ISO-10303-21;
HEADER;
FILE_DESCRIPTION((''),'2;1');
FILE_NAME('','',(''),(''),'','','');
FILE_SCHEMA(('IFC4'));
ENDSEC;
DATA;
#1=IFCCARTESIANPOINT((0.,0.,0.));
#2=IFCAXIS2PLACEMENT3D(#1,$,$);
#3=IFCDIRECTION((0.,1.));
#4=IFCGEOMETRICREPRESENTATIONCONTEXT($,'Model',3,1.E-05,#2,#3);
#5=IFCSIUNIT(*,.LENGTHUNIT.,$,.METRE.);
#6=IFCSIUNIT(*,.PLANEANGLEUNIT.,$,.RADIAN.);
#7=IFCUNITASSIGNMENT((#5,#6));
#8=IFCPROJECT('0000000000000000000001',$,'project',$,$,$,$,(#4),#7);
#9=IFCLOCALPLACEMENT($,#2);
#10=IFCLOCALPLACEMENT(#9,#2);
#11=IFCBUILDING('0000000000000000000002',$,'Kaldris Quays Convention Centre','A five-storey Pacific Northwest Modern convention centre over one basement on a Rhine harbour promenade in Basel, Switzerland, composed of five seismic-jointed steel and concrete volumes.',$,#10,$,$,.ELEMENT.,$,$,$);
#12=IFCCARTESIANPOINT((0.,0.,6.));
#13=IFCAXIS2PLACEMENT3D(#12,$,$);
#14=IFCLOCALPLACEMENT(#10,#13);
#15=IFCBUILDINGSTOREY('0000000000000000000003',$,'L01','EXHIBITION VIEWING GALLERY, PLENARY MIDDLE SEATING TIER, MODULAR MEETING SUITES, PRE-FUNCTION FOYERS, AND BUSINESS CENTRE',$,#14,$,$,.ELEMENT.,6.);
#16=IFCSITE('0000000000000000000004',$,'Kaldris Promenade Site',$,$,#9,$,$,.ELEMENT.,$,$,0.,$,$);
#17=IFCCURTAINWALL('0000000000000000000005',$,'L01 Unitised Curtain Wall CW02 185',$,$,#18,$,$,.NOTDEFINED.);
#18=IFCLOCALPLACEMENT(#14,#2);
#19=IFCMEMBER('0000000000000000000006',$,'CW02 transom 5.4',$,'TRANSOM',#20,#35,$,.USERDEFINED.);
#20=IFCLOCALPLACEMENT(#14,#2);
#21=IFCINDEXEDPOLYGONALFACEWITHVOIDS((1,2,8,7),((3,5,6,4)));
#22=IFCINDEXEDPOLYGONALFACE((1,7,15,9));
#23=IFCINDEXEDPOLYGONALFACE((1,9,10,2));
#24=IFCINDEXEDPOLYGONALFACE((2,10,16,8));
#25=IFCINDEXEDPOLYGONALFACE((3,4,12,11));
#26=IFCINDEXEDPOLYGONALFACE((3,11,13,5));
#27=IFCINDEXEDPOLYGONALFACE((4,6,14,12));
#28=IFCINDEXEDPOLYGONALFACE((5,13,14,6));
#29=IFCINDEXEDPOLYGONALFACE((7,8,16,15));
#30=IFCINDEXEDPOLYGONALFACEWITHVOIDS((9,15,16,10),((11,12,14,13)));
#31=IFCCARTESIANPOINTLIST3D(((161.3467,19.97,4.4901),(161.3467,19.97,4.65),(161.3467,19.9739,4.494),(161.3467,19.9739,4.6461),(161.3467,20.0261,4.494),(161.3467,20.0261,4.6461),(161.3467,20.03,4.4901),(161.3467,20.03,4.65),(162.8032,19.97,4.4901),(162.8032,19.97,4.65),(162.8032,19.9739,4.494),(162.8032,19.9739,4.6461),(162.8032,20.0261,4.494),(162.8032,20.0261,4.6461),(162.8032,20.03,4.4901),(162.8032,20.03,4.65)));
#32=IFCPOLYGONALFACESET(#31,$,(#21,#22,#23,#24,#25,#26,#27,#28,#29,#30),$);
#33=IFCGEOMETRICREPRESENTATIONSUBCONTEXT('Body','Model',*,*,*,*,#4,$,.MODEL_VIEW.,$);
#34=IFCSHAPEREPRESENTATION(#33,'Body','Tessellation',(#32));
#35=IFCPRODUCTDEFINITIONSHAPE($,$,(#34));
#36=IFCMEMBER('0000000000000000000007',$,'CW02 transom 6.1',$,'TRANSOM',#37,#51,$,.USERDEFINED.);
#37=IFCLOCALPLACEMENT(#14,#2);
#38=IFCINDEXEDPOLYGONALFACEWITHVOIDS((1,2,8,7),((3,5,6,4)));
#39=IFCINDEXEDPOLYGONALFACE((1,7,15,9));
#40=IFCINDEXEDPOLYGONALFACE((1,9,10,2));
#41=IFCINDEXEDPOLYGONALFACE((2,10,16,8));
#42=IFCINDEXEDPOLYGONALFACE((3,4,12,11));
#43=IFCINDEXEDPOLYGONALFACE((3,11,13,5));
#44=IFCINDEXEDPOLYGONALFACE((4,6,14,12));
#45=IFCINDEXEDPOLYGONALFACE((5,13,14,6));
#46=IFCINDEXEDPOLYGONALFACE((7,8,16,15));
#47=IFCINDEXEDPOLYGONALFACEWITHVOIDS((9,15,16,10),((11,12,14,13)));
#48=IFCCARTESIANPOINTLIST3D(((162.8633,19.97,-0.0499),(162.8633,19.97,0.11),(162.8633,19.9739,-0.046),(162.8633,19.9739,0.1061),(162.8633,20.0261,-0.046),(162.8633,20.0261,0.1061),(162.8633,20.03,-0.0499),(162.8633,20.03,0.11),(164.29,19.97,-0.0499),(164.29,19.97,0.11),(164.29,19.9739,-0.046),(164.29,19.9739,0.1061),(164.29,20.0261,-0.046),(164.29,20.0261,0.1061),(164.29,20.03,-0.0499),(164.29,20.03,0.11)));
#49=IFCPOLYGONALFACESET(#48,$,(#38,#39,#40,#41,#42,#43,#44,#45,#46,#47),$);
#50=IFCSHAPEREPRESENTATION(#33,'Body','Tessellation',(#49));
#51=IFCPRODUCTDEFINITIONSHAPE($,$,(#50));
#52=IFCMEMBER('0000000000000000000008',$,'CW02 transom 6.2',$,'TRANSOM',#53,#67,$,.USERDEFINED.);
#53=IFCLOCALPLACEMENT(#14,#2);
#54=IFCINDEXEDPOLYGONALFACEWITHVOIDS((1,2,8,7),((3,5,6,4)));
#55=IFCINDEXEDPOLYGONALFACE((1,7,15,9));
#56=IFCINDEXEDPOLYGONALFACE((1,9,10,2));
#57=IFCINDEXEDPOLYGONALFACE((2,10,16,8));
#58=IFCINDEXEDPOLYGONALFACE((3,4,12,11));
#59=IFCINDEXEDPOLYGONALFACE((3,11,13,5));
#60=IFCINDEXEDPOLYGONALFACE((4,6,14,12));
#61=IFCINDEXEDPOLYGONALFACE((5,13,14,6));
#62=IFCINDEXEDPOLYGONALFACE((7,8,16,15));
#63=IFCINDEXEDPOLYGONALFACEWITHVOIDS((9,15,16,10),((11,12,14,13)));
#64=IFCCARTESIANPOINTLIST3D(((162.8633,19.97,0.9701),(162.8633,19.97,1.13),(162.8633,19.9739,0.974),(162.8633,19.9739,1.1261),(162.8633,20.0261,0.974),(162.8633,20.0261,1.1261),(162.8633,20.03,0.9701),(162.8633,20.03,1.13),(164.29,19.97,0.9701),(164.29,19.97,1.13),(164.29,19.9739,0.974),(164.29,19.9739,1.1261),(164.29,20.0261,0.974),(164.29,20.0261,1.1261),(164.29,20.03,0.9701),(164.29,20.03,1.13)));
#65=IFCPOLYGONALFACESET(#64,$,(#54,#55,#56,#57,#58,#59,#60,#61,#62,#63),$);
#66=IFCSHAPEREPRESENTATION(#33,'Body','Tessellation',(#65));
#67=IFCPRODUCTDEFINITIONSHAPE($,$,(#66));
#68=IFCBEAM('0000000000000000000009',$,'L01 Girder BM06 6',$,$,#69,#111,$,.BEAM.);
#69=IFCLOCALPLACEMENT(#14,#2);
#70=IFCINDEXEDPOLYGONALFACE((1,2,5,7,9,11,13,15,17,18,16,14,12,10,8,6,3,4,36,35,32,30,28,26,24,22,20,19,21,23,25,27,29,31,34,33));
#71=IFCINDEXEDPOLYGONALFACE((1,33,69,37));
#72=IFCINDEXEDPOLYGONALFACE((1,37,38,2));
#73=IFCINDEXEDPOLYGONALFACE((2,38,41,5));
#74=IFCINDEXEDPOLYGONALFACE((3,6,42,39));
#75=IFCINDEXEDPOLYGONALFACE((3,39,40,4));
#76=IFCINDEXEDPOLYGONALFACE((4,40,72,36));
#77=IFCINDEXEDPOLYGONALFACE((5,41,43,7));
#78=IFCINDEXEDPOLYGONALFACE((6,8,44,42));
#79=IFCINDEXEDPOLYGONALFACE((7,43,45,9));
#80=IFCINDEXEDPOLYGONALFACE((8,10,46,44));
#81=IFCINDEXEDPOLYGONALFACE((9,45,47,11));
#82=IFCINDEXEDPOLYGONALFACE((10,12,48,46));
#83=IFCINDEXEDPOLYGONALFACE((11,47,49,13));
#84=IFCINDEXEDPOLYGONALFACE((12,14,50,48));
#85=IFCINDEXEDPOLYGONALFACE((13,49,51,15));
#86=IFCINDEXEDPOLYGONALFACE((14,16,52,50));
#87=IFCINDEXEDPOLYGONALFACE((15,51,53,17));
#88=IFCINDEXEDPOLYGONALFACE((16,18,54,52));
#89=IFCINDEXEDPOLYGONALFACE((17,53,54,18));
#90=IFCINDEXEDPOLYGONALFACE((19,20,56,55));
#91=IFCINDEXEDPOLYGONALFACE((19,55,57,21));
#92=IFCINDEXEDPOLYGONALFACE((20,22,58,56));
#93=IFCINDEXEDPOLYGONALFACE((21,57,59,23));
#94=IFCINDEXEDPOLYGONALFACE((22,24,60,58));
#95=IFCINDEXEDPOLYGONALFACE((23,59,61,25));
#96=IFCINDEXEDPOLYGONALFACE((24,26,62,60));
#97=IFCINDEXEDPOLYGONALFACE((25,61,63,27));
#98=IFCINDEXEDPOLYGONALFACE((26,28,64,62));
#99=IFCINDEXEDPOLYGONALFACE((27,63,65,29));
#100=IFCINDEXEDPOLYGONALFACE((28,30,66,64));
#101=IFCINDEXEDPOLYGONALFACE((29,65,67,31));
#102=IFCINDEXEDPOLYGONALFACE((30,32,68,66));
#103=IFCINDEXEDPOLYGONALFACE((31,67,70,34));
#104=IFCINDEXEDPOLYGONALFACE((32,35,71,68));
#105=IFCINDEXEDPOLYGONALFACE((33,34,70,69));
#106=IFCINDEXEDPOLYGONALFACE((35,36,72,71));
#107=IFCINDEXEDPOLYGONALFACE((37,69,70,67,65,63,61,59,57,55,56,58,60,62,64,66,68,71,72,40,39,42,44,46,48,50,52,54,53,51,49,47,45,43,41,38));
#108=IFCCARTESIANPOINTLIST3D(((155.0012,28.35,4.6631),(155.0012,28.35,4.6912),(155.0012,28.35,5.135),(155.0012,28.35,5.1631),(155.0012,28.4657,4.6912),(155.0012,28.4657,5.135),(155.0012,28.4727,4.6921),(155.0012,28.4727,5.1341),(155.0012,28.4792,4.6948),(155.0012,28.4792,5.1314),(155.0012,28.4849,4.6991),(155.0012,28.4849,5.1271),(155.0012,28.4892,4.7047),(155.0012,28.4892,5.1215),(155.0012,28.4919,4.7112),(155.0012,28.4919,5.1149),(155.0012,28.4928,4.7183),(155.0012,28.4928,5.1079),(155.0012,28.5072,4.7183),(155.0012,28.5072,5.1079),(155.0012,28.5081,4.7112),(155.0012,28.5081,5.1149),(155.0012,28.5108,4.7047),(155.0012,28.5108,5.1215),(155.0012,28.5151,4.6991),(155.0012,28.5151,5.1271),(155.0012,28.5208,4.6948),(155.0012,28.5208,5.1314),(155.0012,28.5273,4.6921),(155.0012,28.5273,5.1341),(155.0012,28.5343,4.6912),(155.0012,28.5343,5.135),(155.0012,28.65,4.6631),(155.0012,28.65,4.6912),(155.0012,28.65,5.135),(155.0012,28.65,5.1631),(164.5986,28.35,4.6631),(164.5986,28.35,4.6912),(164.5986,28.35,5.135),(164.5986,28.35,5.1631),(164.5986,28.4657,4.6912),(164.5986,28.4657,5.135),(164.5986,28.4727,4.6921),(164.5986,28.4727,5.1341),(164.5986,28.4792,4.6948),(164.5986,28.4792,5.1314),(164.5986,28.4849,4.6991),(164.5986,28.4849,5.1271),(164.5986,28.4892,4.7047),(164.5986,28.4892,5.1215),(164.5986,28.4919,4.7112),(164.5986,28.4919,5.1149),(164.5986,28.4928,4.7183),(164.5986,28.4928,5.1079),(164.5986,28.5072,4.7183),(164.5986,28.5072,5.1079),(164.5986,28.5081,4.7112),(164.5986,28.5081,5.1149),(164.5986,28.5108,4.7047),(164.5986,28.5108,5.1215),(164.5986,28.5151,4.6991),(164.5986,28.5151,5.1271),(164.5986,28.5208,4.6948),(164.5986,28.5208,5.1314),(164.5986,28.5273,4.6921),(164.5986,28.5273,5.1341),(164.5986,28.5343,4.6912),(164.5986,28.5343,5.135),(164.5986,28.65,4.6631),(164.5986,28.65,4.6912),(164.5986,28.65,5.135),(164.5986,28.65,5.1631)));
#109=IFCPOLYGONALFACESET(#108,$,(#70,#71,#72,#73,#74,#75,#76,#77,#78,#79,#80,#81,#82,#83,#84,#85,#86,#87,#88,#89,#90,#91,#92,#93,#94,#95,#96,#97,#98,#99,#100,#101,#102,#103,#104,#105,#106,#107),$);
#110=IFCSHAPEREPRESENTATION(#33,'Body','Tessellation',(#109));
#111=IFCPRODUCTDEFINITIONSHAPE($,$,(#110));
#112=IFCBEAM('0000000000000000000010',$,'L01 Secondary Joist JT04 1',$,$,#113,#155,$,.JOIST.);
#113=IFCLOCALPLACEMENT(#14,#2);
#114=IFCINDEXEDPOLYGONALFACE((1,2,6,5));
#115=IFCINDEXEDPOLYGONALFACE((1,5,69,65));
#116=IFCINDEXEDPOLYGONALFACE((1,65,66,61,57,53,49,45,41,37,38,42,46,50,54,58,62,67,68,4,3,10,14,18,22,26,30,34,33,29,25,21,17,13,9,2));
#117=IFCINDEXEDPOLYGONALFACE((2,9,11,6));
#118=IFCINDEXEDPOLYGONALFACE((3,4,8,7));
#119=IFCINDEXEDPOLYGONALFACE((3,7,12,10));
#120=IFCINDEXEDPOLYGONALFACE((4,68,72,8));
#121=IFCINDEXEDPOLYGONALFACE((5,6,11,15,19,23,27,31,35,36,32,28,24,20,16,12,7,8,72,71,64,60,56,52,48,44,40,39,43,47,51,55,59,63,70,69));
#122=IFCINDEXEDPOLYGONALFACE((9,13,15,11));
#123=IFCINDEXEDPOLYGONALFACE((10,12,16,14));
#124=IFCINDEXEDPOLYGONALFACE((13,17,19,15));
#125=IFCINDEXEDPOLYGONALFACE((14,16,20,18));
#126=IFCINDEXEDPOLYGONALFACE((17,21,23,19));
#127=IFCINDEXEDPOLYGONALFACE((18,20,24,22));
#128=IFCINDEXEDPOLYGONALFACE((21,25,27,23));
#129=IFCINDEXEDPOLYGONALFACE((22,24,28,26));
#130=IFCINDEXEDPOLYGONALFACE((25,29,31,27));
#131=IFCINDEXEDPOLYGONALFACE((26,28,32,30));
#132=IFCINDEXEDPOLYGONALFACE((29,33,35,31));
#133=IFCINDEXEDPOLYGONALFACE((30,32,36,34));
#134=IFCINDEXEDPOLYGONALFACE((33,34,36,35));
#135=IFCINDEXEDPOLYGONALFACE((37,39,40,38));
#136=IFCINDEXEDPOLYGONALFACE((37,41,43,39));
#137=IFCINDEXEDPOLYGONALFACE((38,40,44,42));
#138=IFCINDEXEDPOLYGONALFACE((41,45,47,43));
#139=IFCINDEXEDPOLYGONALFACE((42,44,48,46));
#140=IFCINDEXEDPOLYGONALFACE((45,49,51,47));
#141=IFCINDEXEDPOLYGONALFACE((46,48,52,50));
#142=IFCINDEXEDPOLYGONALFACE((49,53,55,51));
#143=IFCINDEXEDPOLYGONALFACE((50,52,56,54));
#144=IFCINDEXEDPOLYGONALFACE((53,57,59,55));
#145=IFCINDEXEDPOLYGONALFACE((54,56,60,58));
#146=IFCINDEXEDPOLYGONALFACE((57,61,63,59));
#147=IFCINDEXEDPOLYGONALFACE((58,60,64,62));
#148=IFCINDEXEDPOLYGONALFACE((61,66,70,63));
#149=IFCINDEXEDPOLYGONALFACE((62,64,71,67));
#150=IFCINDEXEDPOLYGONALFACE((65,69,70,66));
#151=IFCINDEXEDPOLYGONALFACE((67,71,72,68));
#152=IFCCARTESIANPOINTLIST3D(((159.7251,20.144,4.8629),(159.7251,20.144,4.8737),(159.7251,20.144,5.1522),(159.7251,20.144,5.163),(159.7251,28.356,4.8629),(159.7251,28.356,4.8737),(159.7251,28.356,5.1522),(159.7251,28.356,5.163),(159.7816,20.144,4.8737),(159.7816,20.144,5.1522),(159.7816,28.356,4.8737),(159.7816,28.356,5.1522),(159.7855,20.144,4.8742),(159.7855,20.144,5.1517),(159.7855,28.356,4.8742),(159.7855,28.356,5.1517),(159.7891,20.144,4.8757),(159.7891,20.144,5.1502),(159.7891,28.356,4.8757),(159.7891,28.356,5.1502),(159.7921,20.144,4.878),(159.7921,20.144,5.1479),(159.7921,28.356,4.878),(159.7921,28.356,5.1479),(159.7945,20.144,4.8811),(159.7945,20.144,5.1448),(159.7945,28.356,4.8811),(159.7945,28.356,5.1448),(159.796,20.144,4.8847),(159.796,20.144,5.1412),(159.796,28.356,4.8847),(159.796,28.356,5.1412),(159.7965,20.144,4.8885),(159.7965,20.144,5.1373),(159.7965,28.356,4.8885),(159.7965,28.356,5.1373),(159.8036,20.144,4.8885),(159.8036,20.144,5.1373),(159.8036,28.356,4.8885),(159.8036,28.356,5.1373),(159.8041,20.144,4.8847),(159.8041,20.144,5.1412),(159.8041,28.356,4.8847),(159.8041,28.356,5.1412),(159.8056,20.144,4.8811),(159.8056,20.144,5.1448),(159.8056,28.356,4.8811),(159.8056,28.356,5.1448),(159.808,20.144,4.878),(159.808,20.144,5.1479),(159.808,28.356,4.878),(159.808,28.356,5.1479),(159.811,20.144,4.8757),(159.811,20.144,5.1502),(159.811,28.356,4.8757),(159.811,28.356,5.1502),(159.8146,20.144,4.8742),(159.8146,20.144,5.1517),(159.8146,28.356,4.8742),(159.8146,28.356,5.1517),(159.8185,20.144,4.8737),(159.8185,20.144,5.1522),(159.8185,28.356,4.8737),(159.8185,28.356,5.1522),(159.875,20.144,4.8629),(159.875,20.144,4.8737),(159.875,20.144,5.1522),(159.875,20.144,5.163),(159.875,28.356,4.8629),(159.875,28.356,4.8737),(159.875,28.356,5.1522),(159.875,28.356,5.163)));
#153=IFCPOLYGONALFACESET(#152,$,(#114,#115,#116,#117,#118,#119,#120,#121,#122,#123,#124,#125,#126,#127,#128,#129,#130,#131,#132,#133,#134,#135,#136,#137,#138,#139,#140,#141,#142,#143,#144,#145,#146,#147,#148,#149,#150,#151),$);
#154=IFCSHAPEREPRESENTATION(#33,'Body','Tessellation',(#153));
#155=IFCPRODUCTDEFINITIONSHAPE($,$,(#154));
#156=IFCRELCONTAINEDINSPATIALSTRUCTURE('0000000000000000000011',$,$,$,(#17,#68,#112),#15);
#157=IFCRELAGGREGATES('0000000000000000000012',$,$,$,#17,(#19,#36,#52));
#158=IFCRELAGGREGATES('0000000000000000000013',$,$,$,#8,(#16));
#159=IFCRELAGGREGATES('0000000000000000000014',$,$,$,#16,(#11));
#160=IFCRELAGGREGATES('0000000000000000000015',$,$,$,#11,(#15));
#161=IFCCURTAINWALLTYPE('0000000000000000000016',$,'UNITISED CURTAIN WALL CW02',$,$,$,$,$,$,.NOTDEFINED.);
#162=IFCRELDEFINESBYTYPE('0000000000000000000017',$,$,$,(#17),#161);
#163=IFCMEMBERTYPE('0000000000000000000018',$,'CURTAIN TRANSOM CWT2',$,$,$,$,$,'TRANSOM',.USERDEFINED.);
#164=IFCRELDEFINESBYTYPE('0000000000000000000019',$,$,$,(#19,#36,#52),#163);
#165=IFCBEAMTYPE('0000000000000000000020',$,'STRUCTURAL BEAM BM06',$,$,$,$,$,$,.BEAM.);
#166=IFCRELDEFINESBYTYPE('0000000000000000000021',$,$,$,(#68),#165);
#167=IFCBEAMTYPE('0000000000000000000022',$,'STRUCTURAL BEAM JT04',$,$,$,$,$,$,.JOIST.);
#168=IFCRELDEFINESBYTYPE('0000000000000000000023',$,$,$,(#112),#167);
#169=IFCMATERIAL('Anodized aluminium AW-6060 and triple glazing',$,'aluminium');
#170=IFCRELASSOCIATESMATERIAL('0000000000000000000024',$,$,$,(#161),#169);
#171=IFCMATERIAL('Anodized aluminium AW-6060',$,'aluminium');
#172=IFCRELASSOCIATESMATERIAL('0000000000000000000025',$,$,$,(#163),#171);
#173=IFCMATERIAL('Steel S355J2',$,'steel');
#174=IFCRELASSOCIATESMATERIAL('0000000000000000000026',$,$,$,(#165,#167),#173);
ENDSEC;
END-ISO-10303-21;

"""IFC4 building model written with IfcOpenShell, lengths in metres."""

from ifc_helpers import new_model, si_unit, direction, frame, origin, origin_2d, place, context, subcontext, project, spatial, hollow_rectangle, i_section, extrude, material, material_profile, profile_set, type_object, element, aggregate, save


model = new_model("IFC4")

# Units and contexts
model_context = context("Model", 3, precision=1e-05, world=origin(), true_north=direction((0.0, 1.0)))
body_context = subcontext(model_context, "Body", "Model", "MODEL_VIEW")
ifc_project = project(units=[si_unit("LENGTHUNIT", "METRE"), si_unit("PLANEANGLEUNIT", "RADIAN")], contexts=[model_context])

# Site, building, storey
site_placement = place(None, origin())
site = spatial("IfcSite", under=ifc_project, at=site_placement, Name="Kaldris Promenade Site", CompositionType="ELEMENT", RefElevation=0.0)
building_placement = place(site_placement, origin())
building = spatial("IfcBuilding", under=site, at=building_placement, Name="Kaldris Quays Convention Centre", Description="A five-storey Pacific Northwest Modern convention centre over one basement on a Rhine harbour promenade in Basel, Switzerland, composed of five seismic-jointed steel and concrete volumes.", CompositionType="ELEMENT")
storey_placement = place(building_placement, frame((0.0, 0.0, 6.0)))
storey = spatial("IfcBuildingStorey", under=building, at=storey_placement, Name="L01", Description="EXHIBITION VIEWING GALLERY, PLENARY MIDDLE SEATING TIER, MODULAR MEETING SUITES, PRE-FUNCTION FOYERS, AND BUSINESS CENTRE", CompositionType="ELEMENT", Elevation=6.0)

# Shared definitions
ifc_material_1 = material(Name="Anodized aluminium AW-6060 and triple glazing", Category="aluminium")
curtain_wall_type = type_object("IfcCurtainWallType", Name="UNITISED CURTAIN WALL CW02", PredefinedType="NOTDEFINED", material=ifc_material_1)
ifc_material_2 = material(Name="Anodized aluminium AW-6060", Category="aluminium")

# Curtain wall, members
curtain_wall_1_placement = place(storey_placement, origin())
curtain_wall_1 = element("IfcCurtainWall", 1, at=curtain_wall_1_placement, inside=storey, type_object=curtain_wall_type, Name="L01 Unitised Curtain Wall CW02 185", PredefinedType="NOTDEFINED")
ifc_material_profile_1 = material_profile(ifc_material_2, hollow_rectangle(XDim=0.0601, YDim=0.1599, WallThickness=0.0039, at=origin_2d()), Name="RHS 160x60x4")
ifc_profile_set_1 = profile_set([ifc_material_profile_1], Name="Anodized aluminium AW-6060")
member_type_1 = type_object("IfcMemberType", Name="CURTAIN TRANSOM CWT2", ElementType="TRANSOM", PredefinedType="USERDEFINED", material=ifc_profile_set_1)
member_1_placement = place(storey_placement, frame((161.3467, 20.0, 4.5701), z_axis=(1.0, 0.0, 0.0), x_axis=(0.0, 1.0, 0.0)))
member_1 = element("IfcMember", 2, at=member_1_placement, type_object=member_type_1, Name="CW02 transom 5.4", ObjectType="TRANSOM", PredefinedType="USERDEFINED", context=body_context, shape_type="SweptSolid", body=[
    extrude(hollow_rectangle(XDim=0.0601, YDim=0.1599, WallThickness=0.0039, at=origin_2d()), origin(), (0.0, 0.0, 1.0), 1.4565),
])
member_2_placement = place(storey_placement, frame((162.8633, 20.0, 0.03), z_axis=(1.0, 0.0, 0.0), x_axis=(0.0, 1.0, 0.0)))
member_2 = element("IfcMember", 3, at=member_2_placement, type_object=member_type_1, Name="CW02 transom 6.1", ObjectType="TRANSOM", PredefinedType="USERDEFINED", context=body_context, shape_type="SweptSolid", body=[
    extrude(hollow_rectangle(XDim=0.0601, YDim=0.1599, WallThickness=0.0039, at=origin_2d()), origin(), (0.0, 0.0, 1.0), 1.4268),
])
member_3_placement = place(storey_placement, frame((162.8633, 20.0, 1.05), z_axis=(1.0, 0.0, 0.0), x_axis=(0.0, 1.0, 0.0)))
member_3 = element("IfcMember", 4, at=member_3_placement, type_object=member_type_1, Name="CW02 transom 6.2", ObjectType="TRANSOM", PredefinedType="USERDEFINED", context=body_context, shape_type="SweptSolid", body=[
    extrude(hollow_rectangle(XDim=0.0601, YDim=0.1599, WallThickness=0.0039, at=origin_2d()), origin(), (0.0, 0.0, 1.0), 1.4268),
])

# Beams
ifc_material_3 = material(Name="Steel S355J2", Category="steel")
ifc_material_profile_2 = material_profile(ifc_material_3, i_section(OverallWidth=0.3, OverallDepth=0.5, WebThickness=0.0144, FlangeThickness=0.0281, FilletRadius=0.0271, at=origin_2d()), Name="HEB 500")
ifc_profile_set_2 = profile_set([ifc_material_profile_2], Name="Steel S355J2")
beam_type_1 = type_object("IfcBeamType", Name="STRUCTURAL BEAM BM06", PredefinedType="BEAM", material=ifc_profile_set_2)
beam_1_placement = place(storey_placement, frame((155.0012, 28.5, 4.9131), z_axis=(1.0, 0.0, 0.0), x_axis=(0.0, 1.0, 0.0)))
element("IfcBeam", 5, at=beam_1_placement, inside=storey, type_object=beam_type_1, Name="L01 Girder BM06 6", PredefinedType="BEAM", context=body_context, shape_type="SweptSolid", body=[
    extrude(i_section(OverallWidth=0.3, OverallDepth=0.5, WebThickness=0.0144, FlangeThickness=0.0281, FilletRadius=0.0271, at=origin_2d()), origin(), (0.0, 0.0, 1.0), 9.5974),
])
ifc_material_profile_3 = material_profile(ifc_material_3, i_section(OverallWidth=0.1499, OverallDepth=0.3, WebThickness=0.0071, FlangeThickness=0.0107, FilletRadius=0.0149, at=origin_2d()), Name="IPE 300")
ifc_profile_set_3 = profile_set([ifc_material_profile_3], Name="Steel S355J2")
beam_type_2 = type_object("IfcBeamType", Name="STRUCTURAL BEAM JT04", PredefinedType="JOIST", material=ifc_profile_set_3)
beam_2_placement = place(storey_placement, frame((159.8, 20.144, 5.0129), z_axis=(0.0, 1.0, 0.0), x_axis=(-1.0, 0.0, 0.0)))
element("IfcBeam", 6, at=beam_2_placement, inside=storey, type_object=beam_type_2, Name="L01 Secondary Joist JT04 1", PredefinedType="JOIST", context=body_context, shape_type="SweptSolid", body=[
    extrude(i_section(OverallWidth=0.1499, OverallDepth=0.3, WebThickness=0.0071, FlangeThickness=0.0107, FilletRadius=0.0149, at=origin_2d()), origin(), (0.0, 0.0, 1.0), 8.2119),
])

aggregate(curtain_wall_1, [member_1, member_2, member_3])

save(model, "model.ifc")
